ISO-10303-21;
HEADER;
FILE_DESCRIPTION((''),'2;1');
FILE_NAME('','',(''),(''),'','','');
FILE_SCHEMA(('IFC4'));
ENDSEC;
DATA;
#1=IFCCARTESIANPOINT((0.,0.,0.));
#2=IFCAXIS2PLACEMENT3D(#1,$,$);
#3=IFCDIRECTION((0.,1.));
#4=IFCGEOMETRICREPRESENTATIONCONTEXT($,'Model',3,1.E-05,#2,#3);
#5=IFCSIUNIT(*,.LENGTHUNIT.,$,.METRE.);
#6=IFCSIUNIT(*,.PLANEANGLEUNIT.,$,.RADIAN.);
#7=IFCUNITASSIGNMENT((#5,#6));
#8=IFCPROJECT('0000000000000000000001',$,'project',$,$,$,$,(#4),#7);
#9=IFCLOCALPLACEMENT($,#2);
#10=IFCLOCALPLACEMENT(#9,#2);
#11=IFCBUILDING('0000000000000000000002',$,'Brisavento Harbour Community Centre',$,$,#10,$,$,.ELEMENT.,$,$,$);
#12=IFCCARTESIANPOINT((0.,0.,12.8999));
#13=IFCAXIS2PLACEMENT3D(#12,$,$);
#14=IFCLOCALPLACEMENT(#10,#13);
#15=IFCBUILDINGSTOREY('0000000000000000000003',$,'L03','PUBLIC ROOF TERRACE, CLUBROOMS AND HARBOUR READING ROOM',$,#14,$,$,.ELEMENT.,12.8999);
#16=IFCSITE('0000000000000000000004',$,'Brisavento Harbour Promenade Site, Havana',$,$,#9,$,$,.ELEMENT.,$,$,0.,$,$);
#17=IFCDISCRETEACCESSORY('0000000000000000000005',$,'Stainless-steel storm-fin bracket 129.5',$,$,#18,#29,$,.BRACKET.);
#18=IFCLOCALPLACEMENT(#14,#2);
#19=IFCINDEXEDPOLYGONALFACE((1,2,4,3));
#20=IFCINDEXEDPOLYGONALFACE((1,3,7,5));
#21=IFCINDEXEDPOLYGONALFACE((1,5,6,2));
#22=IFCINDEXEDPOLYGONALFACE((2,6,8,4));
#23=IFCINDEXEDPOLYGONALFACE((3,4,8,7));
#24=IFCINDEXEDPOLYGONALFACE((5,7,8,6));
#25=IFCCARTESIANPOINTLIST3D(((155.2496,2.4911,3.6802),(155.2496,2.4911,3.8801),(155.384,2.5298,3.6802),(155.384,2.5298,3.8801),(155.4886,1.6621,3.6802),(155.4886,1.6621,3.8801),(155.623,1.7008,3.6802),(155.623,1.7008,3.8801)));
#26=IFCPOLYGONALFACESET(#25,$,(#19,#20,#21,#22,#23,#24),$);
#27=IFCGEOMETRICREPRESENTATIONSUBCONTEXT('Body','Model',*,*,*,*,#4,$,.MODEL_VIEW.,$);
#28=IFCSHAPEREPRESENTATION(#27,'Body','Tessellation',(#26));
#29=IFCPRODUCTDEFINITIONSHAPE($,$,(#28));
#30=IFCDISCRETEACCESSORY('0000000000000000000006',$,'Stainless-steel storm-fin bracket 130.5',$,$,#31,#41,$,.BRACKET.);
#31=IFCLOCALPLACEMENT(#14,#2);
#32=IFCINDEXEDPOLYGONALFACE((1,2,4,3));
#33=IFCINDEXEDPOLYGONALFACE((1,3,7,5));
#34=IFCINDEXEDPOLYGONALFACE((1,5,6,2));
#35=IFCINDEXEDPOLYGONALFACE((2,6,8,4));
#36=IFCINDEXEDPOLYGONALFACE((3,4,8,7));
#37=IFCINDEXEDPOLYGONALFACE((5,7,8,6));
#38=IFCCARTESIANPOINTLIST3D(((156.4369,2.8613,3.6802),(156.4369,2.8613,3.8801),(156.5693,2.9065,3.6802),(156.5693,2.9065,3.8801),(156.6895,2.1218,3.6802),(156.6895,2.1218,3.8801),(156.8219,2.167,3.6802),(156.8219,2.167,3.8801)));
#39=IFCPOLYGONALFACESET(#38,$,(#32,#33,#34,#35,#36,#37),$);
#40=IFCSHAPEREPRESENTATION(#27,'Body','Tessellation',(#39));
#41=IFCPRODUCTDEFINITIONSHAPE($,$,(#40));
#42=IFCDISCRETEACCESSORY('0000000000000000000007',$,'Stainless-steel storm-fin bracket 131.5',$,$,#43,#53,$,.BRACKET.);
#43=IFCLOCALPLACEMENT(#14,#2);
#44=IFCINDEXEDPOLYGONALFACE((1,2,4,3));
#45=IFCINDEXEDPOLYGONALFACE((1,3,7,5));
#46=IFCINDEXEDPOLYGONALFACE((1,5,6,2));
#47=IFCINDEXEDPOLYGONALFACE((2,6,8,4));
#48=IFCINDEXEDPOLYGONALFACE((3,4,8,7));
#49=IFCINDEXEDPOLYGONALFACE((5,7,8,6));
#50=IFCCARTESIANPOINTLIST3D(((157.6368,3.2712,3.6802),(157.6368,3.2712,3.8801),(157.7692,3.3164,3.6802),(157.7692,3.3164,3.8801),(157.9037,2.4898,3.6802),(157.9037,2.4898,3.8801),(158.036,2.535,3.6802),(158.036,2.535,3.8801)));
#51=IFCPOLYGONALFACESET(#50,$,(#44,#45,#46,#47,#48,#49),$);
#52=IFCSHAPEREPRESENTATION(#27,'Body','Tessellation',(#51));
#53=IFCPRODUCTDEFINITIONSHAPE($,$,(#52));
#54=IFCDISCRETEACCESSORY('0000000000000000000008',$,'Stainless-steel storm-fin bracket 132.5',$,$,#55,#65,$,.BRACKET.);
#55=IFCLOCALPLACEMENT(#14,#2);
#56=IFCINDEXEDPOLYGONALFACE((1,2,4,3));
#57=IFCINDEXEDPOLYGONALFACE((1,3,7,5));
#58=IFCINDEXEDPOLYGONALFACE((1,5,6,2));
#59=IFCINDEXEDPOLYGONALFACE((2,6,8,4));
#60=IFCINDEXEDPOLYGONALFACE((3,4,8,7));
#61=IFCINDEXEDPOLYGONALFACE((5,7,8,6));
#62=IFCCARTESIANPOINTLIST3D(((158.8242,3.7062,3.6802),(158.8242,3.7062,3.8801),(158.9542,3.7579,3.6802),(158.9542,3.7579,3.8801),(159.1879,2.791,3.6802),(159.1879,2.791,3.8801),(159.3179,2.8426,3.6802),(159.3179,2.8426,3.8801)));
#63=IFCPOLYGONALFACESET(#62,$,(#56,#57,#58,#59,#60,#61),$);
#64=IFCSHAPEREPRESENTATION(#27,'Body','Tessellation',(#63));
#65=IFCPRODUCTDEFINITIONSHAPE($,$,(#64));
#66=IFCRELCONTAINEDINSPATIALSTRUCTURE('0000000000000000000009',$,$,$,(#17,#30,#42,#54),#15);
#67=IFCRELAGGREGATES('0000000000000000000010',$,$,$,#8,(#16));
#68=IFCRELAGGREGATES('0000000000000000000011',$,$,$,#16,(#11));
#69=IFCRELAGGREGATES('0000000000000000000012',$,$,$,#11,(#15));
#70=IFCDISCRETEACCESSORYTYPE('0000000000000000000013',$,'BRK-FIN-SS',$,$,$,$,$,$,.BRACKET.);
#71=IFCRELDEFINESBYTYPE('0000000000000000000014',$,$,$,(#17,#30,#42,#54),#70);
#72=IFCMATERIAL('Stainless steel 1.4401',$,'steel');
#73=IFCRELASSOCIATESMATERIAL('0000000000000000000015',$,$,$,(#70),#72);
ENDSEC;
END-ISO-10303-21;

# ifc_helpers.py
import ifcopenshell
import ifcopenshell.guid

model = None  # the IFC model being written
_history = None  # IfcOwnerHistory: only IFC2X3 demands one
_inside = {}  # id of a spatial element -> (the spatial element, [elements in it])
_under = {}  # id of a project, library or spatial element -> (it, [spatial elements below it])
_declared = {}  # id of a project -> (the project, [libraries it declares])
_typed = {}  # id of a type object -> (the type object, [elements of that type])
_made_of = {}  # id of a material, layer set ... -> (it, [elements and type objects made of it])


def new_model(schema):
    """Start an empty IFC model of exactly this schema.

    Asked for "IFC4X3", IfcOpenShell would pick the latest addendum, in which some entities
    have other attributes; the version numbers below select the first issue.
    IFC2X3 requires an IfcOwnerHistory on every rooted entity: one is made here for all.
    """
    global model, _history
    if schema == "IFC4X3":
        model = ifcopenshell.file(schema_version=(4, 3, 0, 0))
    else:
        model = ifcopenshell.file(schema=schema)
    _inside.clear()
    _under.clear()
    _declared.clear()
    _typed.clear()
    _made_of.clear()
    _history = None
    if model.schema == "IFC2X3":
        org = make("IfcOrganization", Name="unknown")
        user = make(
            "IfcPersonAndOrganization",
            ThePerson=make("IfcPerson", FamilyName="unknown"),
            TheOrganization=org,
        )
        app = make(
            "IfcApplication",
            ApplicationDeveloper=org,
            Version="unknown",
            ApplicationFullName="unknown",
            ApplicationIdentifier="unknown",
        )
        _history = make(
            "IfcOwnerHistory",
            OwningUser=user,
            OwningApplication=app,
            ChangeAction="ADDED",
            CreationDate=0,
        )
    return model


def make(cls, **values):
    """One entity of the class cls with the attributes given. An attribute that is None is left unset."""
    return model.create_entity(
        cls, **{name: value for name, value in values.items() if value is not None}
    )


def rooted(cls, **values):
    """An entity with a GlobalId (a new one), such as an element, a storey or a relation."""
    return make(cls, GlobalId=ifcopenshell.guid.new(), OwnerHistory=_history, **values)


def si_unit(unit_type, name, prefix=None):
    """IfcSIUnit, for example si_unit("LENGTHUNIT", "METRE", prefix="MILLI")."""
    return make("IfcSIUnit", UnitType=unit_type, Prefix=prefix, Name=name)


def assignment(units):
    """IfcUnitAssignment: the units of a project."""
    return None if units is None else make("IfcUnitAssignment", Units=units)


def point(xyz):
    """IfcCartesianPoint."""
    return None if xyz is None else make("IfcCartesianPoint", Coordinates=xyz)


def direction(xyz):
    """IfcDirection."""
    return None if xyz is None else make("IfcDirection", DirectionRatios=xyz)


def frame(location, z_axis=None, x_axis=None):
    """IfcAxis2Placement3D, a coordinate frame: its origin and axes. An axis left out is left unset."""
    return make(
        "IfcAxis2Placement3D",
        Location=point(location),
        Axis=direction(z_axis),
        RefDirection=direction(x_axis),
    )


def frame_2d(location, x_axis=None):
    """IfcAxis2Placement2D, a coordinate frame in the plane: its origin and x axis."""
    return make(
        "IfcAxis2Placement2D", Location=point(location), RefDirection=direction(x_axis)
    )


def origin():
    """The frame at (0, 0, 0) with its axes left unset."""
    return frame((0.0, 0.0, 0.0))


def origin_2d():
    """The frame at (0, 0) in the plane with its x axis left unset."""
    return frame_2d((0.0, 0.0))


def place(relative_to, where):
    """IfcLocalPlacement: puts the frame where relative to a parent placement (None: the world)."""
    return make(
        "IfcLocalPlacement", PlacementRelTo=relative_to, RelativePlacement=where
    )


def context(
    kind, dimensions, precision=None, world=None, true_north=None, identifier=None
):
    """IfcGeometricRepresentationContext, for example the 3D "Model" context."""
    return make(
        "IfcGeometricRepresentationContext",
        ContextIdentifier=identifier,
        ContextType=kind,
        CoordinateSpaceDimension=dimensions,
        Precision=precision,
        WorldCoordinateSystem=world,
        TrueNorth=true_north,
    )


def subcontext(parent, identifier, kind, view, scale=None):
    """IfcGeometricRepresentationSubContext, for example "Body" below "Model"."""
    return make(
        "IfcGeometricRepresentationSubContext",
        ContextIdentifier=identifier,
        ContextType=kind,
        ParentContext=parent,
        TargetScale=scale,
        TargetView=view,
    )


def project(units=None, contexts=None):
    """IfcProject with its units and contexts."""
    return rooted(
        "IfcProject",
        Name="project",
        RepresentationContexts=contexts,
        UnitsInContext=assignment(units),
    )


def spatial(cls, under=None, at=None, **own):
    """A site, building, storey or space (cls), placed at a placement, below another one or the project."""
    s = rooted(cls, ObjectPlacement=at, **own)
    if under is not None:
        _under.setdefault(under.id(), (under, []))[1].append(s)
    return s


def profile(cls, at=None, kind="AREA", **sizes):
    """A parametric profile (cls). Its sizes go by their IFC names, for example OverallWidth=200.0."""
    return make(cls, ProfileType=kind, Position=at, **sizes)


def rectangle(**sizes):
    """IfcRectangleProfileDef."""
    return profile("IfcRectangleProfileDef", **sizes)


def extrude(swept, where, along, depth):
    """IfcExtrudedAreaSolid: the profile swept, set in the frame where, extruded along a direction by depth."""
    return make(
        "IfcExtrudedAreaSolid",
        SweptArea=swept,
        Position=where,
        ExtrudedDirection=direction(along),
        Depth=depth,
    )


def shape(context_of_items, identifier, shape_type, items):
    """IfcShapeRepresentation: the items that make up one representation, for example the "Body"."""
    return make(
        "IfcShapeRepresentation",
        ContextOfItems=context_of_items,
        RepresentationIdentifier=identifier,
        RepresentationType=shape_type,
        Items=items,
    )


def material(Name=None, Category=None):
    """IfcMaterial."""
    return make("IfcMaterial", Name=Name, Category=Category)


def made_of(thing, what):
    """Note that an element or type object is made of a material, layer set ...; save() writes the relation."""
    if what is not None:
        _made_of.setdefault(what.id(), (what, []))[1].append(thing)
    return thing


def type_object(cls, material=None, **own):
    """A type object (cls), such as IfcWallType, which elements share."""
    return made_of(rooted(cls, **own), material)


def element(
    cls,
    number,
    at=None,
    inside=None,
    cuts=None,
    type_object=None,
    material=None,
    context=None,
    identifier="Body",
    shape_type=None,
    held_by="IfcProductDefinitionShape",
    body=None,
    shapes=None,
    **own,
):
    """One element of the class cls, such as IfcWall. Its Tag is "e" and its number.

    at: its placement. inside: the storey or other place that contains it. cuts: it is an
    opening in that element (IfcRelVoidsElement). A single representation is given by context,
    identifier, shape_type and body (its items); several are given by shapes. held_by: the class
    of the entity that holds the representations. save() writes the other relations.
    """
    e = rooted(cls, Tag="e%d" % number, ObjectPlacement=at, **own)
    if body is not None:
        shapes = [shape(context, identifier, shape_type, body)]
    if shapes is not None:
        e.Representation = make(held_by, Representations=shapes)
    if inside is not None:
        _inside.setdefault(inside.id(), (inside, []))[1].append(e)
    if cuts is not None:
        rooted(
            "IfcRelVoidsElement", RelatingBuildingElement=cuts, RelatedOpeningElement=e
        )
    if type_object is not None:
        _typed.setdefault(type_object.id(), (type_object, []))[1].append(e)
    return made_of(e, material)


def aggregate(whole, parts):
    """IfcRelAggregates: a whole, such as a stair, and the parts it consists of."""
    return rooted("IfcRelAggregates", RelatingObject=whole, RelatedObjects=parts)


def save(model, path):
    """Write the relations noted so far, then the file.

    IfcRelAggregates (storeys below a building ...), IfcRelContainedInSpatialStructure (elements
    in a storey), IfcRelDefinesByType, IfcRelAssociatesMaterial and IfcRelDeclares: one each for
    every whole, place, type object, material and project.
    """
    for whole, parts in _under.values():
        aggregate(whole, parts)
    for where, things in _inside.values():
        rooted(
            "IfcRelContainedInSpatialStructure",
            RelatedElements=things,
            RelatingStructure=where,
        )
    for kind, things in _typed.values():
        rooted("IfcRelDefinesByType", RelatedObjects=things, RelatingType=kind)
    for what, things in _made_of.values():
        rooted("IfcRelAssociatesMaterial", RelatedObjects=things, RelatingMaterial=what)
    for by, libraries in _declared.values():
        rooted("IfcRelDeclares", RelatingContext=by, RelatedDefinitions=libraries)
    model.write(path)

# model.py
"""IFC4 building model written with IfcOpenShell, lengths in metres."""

from ifc_helpers import new_model, si_unit, direction, frame, origin, origin_2d, place, context, subcontext, project, spatial, rectangle, extrude, material, type_object, element, save


model = new_model("IFC4")

# Units and contexts
model_context = context("Model", 3, precision=1e-05, world=origin(), true_north=direction((0.0, 1.0)))
body_context = subcontext(model_context, "Body", "Model", "MODEL_VIEW")
ifc_project = project(units=[si_unit("LENGTHUNIT", "METRE"), si_unit("PLANEANGLEUNIT", "RADIAN")], contexts=[model_context])

# Site, building, storey
site_placement = place(None, origin())
site = spatial("IfcSite", under=ifc_project, at=site_placement, Name="Brisavento Harbour Promenade Site, Havana", CompositionType="ELEMENT", RefElevation=0.0)
building_placement = place(site_placement, origin())
building = spatial("IfcBuilding", under=site, at=building_placement, Name="Brisavento Harbour Community Centre", CompositionType="ELEMENT")
storey_placement = place(building_placement, frame((0.0, 0.0, 12.8999)))
storey = spatial("IfcBuildingStorey", under=building, at=storey_placement, Name="L03", Description="PUBLIC ROOF TERRACE, CLUBROOMS AND HARBOUR READING ROOM", CompositionType="ELEMENT", Elevation=12.8999)

# Discrete accessories
ifc_material_1 = material(Name="Stainless steel 1.4401", Category="steel")
discrete_accessory_type = type_object("IfcDiscreteAccessoryType", Name="BRK-FIN-SS", PredefinedType="BRACKET", material=ifc_material_1)
discrete_accessory_1_placement = place(storey_placement, frame((155.4363, 2.0959, 3.6802), z_axis=(0.0, 0.0, 1.0), x_axis=(0.276996, -0.960871, 0.0)))
element("IfcDiscreteAccessory", 1, at=discrete_accessory_1_placement, inside=storey, type_object=discrete_accessory_type, Name="Stainless-steel storm-fin bracket 129.5", PredefinedType="BRACKET", context=body_context, shape_type="SweptSolid", body=[
    extrude(rectangle(XDim=0.8628, YDim=0.1399, at=origin_2d()), origin(), (0.0, 0.0, 1.0), 0.2),
])
discrete_accessory_2_placement = place(storey_placement, frame((156.6294, 2.5142, 3.6802), z_axis=(0.0, 0.0, 1.0), x_axis=(0.323174, -0.946339, 0.0)))
element("IfcDiscreteAccessory", 2, at=discrete_accessory_2_placement, inside=storey, type_object=discrete_accessory_type, Name="Stainless-steel storm-fin bracket 130.5", PredefinedType="BRACKET", context=body_context, shape_type="SweptSolid", body=[
    extrude(rectangle(XDim=0.7815, YDim=0.1399, at=origin_2d()), origin(), (0.0, 0.0, 1.0), 0.2),
])
discrete_accessory_3_placement = place(storey_placement, frame((157.8364, 2.9031, 3.6802), z_axis=(0.0, 0.0, 1.0), x_axis=(0.323174, -0.946339, 0.0)))
element("IfcDiscreteAccessory", 3, at=discrete_accessory_3_placement, inside=storey, type_object=discrete_accessory_type, Name="Stainless-steel storm-fin bracket 131.5", PredefinedType="BRACKET", context=body_context, shape_type="SweptSolid", body=[
    extrude(rectangle(XDim=0.8257, YDim=0.1399, at=origin_2d()), origin(), (0.0, 0.0, 1.0), 0.2),
])
discrete_accessory_4_placement = place(storey_placement, frame((159.071, 3.2744, 3.6802), z_axis=(0.0, 0.0, 1.0), x_axis=(0.369341, -0.929294, 0.0)))
element("IfcDiscreteAccessory", 4, at=discrete_accessory_4_placement, inside=storey, type_object=discrete_accessory_type, Name="Stainless-steel storm-fin bracket 132.5", PredefinedType="BRACKET", context=body_context, shape_type="SweptSolid", body=[
    extrude(rectangle(XDim=0.9849, YDim=0.1399, at=origin_2d()), origin(), (0.0, 0.0, 1.0), 0.2),
])

save(model, "model.ifc")
